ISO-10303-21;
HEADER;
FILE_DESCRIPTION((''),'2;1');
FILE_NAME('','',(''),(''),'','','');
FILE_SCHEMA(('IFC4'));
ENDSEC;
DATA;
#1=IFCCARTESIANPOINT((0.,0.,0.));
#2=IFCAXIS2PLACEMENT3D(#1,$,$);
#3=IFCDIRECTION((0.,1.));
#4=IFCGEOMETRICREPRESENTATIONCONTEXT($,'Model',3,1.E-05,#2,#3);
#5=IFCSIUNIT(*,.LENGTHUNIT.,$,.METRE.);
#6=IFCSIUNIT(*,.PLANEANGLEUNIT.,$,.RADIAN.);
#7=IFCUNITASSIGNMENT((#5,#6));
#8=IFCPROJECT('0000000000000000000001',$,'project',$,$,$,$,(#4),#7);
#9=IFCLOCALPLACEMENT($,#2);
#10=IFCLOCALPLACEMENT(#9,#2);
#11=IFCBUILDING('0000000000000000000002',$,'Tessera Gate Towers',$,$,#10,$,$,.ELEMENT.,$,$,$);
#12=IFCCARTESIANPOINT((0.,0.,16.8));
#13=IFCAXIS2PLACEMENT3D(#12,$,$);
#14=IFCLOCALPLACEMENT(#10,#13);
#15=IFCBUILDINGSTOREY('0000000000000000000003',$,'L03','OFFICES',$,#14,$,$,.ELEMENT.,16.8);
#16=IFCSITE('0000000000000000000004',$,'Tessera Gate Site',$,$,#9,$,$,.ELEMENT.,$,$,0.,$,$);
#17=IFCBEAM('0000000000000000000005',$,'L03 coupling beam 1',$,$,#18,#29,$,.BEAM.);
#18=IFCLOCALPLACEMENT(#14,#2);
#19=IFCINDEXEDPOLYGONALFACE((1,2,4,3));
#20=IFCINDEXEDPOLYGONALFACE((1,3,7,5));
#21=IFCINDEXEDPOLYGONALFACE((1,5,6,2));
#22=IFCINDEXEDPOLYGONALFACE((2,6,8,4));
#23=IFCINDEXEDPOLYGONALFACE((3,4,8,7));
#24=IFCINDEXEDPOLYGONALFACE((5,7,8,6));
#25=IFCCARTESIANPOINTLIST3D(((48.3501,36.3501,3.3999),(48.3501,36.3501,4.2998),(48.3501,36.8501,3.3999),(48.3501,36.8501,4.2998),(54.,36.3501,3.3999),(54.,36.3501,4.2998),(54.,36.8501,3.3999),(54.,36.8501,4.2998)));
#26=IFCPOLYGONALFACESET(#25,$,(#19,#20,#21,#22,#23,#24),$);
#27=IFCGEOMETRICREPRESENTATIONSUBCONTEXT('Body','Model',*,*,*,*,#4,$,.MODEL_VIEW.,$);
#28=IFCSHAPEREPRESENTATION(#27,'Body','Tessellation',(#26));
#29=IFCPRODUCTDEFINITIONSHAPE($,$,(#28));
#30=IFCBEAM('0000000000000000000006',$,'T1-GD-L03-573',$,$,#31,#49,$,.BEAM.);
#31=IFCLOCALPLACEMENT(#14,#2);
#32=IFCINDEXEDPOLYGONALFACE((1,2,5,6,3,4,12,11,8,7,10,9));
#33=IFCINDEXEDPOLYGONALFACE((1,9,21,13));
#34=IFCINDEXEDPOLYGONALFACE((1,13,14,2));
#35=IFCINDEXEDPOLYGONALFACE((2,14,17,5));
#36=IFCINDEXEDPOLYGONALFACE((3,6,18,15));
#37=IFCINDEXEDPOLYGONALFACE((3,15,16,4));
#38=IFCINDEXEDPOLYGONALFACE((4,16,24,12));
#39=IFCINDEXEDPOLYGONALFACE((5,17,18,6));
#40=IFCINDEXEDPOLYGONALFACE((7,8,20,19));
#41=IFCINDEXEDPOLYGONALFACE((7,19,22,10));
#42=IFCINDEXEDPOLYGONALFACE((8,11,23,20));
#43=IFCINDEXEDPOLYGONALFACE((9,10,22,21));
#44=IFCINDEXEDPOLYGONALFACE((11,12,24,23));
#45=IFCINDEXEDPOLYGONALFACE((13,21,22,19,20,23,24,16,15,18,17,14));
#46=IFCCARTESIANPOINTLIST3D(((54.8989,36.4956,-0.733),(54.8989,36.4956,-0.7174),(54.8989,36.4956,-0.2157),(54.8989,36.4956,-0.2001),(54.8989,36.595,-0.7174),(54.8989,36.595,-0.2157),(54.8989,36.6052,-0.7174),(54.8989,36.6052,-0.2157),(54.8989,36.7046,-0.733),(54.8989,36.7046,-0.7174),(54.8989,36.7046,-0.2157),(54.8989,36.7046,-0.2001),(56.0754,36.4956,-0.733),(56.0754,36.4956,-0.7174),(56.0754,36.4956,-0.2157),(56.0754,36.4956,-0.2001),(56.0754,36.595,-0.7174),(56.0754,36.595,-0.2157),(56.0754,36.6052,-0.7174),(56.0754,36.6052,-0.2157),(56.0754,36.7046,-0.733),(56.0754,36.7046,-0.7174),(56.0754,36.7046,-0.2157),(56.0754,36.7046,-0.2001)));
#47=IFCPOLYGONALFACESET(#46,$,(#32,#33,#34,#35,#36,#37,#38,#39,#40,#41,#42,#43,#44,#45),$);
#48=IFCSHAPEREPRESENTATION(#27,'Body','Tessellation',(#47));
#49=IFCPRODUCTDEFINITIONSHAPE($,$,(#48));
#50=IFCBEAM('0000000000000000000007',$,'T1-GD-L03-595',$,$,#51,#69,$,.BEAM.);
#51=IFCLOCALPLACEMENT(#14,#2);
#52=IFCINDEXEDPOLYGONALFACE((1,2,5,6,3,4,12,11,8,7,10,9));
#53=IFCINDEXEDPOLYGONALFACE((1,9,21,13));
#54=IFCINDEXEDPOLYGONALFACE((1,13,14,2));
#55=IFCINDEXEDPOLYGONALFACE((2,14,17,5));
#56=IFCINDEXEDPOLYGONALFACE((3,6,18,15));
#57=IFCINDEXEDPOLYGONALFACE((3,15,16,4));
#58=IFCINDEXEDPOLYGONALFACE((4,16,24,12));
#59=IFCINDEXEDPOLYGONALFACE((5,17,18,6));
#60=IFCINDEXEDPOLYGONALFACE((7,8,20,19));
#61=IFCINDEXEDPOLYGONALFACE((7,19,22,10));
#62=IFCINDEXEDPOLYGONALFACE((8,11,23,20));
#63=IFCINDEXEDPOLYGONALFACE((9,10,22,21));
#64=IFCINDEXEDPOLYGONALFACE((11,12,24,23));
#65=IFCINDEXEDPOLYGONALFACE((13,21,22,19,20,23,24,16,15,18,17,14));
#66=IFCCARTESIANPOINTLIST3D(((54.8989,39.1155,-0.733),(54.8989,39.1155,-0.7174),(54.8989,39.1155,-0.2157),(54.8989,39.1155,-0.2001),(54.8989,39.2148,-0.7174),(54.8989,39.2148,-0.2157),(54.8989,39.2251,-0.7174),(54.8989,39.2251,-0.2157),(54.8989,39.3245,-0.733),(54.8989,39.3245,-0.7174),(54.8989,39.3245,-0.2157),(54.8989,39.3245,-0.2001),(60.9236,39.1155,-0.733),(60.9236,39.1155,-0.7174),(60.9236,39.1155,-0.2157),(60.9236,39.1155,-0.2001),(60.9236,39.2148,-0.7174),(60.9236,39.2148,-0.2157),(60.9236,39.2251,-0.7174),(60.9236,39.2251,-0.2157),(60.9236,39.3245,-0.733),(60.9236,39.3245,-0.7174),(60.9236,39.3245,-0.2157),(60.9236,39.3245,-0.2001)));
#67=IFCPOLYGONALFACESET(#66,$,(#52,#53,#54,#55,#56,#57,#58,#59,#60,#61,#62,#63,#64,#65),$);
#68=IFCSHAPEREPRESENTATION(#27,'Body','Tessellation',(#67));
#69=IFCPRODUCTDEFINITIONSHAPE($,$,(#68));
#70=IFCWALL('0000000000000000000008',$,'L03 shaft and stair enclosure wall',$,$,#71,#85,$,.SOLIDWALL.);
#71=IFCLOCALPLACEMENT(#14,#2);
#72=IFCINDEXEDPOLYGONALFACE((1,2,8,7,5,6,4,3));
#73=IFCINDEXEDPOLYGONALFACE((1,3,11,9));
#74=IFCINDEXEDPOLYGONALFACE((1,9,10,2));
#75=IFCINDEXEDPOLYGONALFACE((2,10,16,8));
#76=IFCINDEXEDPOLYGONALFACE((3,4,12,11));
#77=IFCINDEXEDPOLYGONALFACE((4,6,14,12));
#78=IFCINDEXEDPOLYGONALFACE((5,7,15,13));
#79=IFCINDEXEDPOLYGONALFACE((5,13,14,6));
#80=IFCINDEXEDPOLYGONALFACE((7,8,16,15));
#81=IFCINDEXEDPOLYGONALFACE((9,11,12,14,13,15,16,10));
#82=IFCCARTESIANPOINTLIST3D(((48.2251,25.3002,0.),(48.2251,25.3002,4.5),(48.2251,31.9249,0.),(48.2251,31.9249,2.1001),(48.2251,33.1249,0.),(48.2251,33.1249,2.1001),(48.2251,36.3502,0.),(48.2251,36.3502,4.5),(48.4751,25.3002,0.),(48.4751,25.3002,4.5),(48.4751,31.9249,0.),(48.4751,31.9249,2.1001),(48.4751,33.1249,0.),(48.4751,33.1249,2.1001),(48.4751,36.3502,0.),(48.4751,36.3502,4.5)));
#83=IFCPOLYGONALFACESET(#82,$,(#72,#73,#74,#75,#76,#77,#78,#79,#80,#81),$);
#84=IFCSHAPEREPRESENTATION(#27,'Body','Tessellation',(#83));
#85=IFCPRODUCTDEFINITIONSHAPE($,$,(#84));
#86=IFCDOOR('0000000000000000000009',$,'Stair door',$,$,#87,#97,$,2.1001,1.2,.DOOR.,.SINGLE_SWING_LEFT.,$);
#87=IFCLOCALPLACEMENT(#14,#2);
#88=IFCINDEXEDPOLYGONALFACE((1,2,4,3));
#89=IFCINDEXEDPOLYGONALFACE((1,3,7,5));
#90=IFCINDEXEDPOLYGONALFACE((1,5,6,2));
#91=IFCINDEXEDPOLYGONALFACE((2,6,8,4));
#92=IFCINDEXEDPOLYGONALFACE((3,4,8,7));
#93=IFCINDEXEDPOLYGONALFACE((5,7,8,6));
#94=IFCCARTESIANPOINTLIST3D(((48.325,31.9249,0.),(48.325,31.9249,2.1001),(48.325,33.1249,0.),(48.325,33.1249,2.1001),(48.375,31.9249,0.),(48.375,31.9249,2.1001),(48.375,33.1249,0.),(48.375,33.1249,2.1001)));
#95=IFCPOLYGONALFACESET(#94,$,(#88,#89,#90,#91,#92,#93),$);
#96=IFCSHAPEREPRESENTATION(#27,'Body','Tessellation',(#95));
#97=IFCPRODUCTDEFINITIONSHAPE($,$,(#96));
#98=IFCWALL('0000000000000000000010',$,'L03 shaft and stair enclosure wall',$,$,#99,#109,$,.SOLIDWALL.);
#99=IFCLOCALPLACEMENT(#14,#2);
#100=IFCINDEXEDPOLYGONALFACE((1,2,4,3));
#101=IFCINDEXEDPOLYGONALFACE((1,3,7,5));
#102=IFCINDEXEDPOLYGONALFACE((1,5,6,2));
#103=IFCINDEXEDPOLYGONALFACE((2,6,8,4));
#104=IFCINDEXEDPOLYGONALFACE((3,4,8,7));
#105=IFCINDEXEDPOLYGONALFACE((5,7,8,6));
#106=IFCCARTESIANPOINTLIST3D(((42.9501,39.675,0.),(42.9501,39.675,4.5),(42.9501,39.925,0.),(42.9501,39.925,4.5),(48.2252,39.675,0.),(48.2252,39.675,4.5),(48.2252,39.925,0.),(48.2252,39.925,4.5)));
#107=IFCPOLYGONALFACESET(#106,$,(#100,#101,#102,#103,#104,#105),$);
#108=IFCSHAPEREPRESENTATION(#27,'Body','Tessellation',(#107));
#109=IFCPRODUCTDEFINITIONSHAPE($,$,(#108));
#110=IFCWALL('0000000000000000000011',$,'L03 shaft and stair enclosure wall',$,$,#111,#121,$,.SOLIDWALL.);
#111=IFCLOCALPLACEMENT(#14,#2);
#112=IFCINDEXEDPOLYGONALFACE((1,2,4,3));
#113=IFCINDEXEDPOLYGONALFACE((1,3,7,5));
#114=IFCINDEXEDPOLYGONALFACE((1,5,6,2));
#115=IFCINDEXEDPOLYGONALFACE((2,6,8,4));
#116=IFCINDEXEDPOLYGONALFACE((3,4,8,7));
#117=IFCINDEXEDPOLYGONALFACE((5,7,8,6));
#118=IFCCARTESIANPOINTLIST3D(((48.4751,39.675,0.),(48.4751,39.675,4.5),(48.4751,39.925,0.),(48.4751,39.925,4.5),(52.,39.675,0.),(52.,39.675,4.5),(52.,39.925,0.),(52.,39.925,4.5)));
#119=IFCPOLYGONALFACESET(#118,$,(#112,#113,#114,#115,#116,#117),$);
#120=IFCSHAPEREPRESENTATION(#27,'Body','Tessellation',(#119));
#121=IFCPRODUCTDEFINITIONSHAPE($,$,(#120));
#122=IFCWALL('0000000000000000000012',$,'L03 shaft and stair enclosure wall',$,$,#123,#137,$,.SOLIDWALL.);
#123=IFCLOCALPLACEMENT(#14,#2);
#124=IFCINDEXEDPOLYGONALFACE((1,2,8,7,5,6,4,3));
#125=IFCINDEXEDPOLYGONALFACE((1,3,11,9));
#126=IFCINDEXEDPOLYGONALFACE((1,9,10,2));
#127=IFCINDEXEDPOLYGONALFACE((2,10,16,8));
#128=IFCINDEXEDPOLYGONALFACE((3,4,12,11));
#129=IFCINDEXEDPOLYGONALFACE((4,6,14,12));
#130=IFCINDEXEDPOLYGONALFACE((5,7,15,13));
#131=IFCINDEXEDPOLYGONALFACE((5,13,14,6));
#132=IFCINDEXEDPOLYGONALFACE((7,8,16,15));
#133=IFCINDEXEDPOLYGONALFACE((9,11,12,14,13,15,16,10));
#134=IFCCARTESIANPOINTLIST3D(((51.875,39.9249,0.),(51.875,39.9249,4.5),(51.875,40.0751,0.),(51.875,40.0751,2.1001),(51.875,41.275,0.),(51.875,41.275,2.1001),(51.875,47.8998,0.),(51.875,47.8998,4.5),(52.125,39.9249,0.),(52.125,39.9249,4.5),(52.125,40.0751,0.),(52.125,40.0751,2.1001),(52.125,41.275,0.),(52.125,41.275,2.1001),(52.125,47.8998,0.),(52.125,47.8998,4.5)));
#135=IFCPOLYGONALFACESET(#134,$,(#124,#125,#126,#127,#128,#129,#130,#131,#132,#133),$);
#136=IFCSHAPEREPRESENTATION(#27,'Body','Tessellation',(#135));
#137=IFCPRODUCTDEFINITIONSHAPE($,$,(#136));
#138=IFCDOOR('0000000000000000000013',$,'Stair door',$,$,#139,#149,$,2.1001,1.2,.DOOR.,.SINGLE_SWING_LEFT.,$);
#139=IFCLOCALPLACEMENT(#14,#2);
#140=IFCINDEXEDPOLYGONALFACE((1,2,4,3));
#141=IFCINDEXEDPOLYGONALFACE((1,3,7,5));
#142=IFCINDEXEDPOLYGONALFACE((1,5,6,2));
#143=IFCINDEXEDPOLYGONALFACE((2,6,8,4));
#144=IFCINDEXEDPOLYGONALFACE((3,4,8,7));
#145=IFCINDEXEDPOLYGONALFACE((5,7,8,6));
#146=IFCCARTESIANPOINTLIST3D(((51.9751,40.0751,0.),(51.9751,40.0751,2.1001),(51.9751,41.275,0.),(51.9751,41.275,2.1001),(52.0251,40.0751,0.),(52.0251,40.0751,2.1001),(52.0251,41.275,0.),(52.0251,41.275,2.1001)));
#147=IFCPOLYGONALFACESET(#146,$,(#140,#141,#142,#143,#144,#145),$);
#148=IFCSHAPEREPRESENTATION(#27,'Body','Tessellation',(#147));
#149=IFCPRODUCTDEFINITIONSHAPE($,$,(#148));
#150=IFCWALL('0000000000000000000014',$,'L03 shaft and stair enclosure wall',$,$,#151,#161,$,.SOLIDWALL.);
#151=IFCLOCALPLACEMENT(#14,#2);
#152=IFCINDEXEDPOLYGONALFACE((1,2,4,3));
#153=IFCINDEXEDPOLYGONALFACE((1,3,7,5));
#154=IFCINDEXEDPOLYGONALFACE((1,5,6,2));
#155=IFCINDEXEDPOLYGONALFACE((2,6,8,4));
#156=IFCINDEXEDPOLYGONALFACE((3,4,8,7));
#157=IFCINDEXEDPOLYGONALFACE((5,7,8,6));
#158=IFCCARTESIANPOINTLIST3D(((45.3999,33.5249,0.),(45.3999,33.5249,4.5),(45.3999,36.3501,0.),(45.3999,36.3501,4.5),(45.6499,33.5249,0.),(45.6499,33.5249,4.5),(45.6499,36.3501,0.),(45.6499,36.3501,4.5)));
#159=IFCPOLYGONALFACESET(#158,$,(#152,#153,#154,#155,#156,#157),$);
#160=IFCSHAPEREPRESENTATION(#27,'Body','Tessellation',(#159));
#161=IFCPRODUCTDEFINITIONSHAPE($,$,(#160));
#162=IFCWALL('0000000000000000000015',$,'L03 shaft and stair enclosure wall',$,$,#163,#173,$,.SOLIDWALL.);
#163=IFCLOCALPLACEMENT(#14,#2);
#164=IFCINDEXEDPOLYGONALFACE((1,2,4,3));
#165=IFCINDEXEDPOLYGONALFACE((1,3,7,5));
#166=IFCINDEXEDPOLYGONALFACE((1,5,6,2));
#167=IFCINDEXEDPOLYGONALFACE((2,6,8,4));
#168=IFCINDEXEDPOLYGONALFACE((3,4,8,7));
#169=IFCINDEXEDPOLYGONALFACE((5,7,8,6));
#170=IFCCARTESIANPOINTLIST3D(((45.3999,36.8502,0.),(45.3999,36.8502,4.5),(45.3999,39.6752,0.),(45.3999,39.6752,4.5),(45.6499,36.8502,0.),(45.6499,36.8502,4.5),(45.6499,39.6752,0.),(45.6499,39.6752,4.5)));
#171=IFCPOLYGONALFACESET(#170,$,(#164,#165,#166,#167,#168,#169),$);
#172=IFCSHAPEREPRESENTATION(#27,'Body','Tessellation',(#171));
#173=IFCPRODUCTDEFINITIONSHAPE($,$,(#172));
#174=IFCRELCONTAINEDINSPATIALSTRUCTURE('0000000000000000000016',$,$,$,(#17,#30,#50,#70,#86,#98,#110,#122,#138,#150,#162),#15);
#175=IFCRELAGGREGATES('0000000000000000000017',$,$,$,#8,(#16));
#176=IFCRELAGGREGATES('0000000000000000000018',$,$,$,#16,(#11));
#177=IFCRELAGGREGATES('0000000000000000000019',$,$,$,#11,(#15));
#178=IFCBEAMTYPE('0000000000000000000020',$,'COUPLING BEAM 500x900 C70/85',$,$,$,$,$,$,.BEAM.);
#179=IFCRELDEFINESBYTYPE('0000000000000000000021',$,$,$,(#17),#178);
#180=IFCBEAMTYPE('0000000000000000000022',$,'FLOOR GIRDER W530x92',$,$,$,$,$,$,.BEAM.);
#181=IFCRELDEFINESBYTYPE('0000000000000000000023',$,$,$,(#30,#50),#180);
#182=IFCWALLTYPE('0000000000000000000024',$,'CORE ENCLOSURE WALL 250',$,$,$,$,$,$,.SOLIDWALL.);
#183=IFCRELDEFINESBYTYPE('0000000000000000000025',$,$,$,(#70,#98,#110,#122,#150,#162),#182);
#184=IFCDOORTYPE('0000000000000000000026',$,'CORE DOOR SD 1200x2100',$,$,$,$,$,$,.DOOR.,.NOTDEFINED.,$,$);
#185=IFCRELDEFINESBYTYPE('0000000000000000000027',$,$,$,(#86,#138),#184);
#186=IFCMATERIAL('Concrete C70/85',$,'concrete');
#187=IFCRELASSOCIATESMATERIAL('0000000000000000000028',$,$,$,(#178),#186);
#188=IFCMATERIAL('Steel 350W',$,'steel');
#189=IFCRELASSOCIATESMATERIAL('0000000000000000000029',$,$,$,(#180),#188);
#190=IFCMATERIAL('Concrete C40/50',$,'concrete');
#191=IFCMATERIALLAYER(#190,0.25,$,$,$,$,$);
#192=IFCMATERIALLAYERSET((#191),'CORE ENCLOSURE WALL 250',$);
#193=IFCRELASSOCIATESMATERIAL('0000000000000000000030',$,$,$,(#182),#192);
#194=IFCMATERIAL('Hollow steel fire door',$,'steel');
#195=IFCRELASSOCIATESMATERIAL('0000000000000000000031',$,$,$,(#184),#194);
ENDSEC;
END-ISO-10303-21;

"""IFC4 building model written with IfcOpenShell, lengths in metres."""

from ifc_helpers import new_model, si_unit, direction, frame, frame_2d, origin, origin_2d, place, context, subcontext, project, spatial, rectangle, i_section, extrude, source, transform, mapped, material, layer, layer_set, material_profile, profile_set, type_object, element, fill, save


model = new_model("IFC4")

# Units and contexts
model_context = context("Model", 3, precision=1e-05, world=origin(), true_north=direction((0.0, 1.0)))
body_context = subcontext(model_context, "Body", "Model", "MODEL_VIEW")
ifc_project = project(units=[si_unit("LENGTHUNIT", "METRE"), si_unit("PLANEANGLEUNIT", "RADIAN")], contexts=[model_context])

# Site, building, storey
site_placement = place(None, origin())
site = spatial("IfcSite", under=ifc_project, at=site_placement, Name="Tessera Gate Site", CompositionType="ELEMENT", RefElevation=0.0)
building_placement = place(site_placement, origin())
building = spatial("IfcBuilding", under=site, at=building_placement, Name="Tessera Gate Towers", CompositionType="ELEMENT")
storey_placement = place(building_placement, frame((0.0, 0.0, 16.8)))
storey = spatial("IfcBuildingStorey", under=building, at=storey_placement, Name="L03", Description="OFFICES", CompositionType="ELEMENT", Elevation=16.8)

# Beams
ifc_material_1 = material(Name="Concrete C70/85", Category="concrete")
ifc_material_profile_1 = material_profile(ifc_material_1, rectangle(XDim=0.5, YDim=0.8999, at=origin_2d()), Name="RC 500x900")
ifc_profile_set_1 = profile_set([ifc_material_profile_1], Name="Concrete C70/85")
beam_type_1 = type_object("IfcBeamType", Name="COUPLING BEAM 500x900 C70/85", PredefinedType="BEAM", material=ifc_profile_set_1)
beam_1_placement = place(storey_placement, frame((48.3501, 36.6001, 3.8499), z_axis=(1.0, 0.0, 0.0), x_axis=(0.0, 1.0, 0.0)))
element("IfcBeam", 1, at=beam_1_placement, inside=storey, type_object=beam_type_1, Name="L03 coupling beam 1", PredefinedType="BEAM", context=body_context, shape_type="SweptSolid", body=[
    extrude(rectangle(XDim=0.5, YDim=0.8999, at=origin_2d()), origin(), (0.0, 0.0, 1.0), 5.6499),
])
ifc_material_2 = material(Name="Steel 350W", Category="steel")
ifc_material_profile_2 = material_profile(ifc_material_2, i_section(OverallWidth=0.209, OverallDepth=0.533, WebThickness=0.0103, FlangeThickness=0.0156, at=origin_2d()), Name="W530x92")
ifc_profile_set_2 = profile_set([ifc_material_profile_2], Name="Steel 350W")
beam_type_2 = type_object("IfcBeamType", Name="FLOOR GIRDER W530x92", PredefinedType="BEAM", material=ifc_profile_set_2)
beam_2_placement = place(storey_placement, frame((54.8989, 36.6001, -0.4666), z_axis=(1.0, 0.0, 0.0), x_axis=(0.0, 1.0, 0.0)))
element("IfcBeam", 2, at=beam_2_placement, inside=storey, type_object=beam_type_2, Name="T1-GD-L03-573", PredefinedType="BEAM", context=body_context, shape_type="SweptSolid", body=[
    extrude(i_section(OverallWidth=0.209, OverallDepth=0.533, WebThickness=0.0103, FlangeThickness=0.0156, at=origin_2d()), origin(), (0.0, 0.0, 1.0), 1.1765),
])
beam_3_placement = place(storey_placement, frame((54.8989, 39.22, -0.4666), z_axis=(1.0, 0.0, 0.0), x_axis=(0.0, 1.0, 0.0)))
element("IfcBeam", 3, at=beam_3_placement, inside=storey, type_object=beam_type_2, Name="T1-GD-L03-595", PredefinedType="BEAM", context=body_context, shape_type="SweptSolid", body=[
    extrude(i_section(OverallWidth=0.209, OverallDepth=0.533, WebThickness=0.0103, FlangeThickness=0.0156, at=origin_2d()), origin(), (0.0, 0.0, 1.0), 6.0247),
])

# Wall, opening, door
ifc_material_3 = material(Name="Concrete C40/50", Category="concrete")
ifc_layer_1 = layer(ifc_material_3, 0.25)
ifc_layer_set_1 = layer_set([ifc_layer_1], Name="CORE ENCLOSURE WALL 250")
wall_type_1 = type_object("IfcWallType", Name="CORE ENCLOSURE WALL 250", PredefinedType="SOLIDWALL", material=ifc_layer_set_1)
wall_1_placement = place(storey_placement, frame((48.3501, 36.3501, 0.0), z_axis=(0.0, 0.0, 1.0), x_axis=(0.0, -1.0, 0.0)))
wall_1 = element("IfcWall", 4, at=wall_1_placement, inside=storey, type_object=wall_type_1, Name="L03 shaft and stair enclosure wall", PredefinedType="SOLIDWALL", context=body_context, shape_type="SweptSolid", body=[
    extrude(rectangle(XDim=11.05, YDim=0.25, at=frame_2d((5.5249, 0.0))), origin(), (0.0, 0.0, 1.0), 4.5),
])
shared_shape_1 = source(origin(), body_context, "Body", "SweptSolid", [
    extrude(rectangle(XDim=1.2, YDim=2.1001, at=frame_2d((0.6001, 1.05))), frame((0.0, 0.135, 0.0), z_axis=(0.0, -1.0, 0.0), x_axis=(1.0, 0.0, 0.0)), (0.0, 0.0, 1.0), 0.27),
])
opening_1_placement = place(wall_1_placement, frame((3.2251, 0.0, 0.0)))
opening_1 = element("IfcOpeningElement", 5, at=opening_1_placement, cuts=wall_1, PredefinedType="OPENING", context=body_context, shape_type="MappedRepresentation", body=[
    mapped(shared_shape_1, transform((0.0, 0.0, 0.0), scale=1.0)),
])
ifc_material_4 = material(Name="Hollow steel fire door", Category="steel")
door_type_1 = type_object("IfcDoorType", Name="CORE DOOR SD 1200x2100", OperationType="NOTDEFINED", PredefinedType="DOOR", material=ifc_material_4)
shared_shape_2 = source(origin(), body_context, "Body", "SweptSolid", [
    extrude(rectangle(XDim=1.2, YDim=2.1001, at=frame_2d((0.6001, 1.05))), frame((0.0, 0.0249, 0.0), z_axis=(0.0, -1.0, 0.0), x_axis=(1.0, 0.0, 0.0)), (0.0, 0.0, 1.0), 0.05),
])
door_1_placement = place(opening_1_placement, origin())
door_1 = element("IfcDoor", 6, at=door_1_placement, inside=storey, type_object=door_type_1, Name="Stair door", OperationType="SINGLE_SWING_LEFT", OverallHeight=2.1001, OverallWidth=1.2, PredefinedType="DOOR", context=body_context, shape_type="MappedRepresentation", body=[
    mapped(shared_shape_2, transform((0.0, 0.0, 0.0), scale=1.0)),
])
fill(opening_1, door_1)

# Walls
wall_2_placement = place(storey_placement, frame((42.95, 39.8, 0.0), z_axis=(0.0, 0.0, 1.0), x_axis=(1.0, 0.0, 0.0)))
element("IfcWall", 7, at=wall_2_placement, inside=storey, type_object=wall_type_1, Name="L03 shaft and stair enclosure wall", PredefinedType="SOLIDWALL", context=body_context, shape_type="SweptSolid", body=[
    extrude(rectangle(XDim=5.2751, YDim=0.25, at=frame_2d((2.6377, 0.0))), origin(), (0.0, 0.0, 1.0), 4.5),
])
wall_3_placement = place(storey_placement, frame((48.4751, 39.8, 0.0), z_axis=(0.0, 0.0, 1.0), x_axis=(1.0, 0.0, 0.0)))
element("IfcWall", 8, at=wall_3_placement, inside=storey, type_object=wall_type_1, Name="L03 shaft and stair enclosure wall", PredefinedType="SOLIDWALL", context=body_context, shape_type="SweptSolid", body=[
    extrude(rectangle(XDim=3.5249, YDim=0.25, at=frame_2d((1.7625, 0.0))), origin(), (0.0, 0.0, 1.0), 4.5),
])

# Wall, opening, door
wall_4_placement = place(storey_placement, frame((52.0, 39.925, 0.0), z_axis=(0.0, 0.0, 1.0), x_axis=(0.0, 1.0, 0.0)))
wall_4 = element("IfcWall", 9, at=wall_4_placement, inside=storey, type_object=wall_type_1, Name="L03 shaft and stair enclosure wall", PredefinedType="SOLIDWALL", context=body_context, shape_type="SweptSolid", body=[
    extrude(rectangle(XDim=7.9749, YDim=0.25, at=frame_2d((3.9873, 0.0))), origin(), (0.0, 0.0, 1.0), 4.5),
])
opening_2_placement = place(wall_4_placement, frame((0.1499, 0.0, 0.0)))
opening_2 = element("IfcOpeningElement", 10, at=opening_2_placement, cuts=wall_4, PredefinedType="OPENING", context=body_context, shape_type="MappedRepresentation", body=[
    mapped(shared_shape_1, transform((0.0, 0.0, 0.0), scale=1.0)),
])
door_2_placement = place(opening_2_placement, origin())
door_2 = element("IfcDoor", 11, at=door_2_placement, inside=storey, type_object=door_type_1, Name="Stair door", OperationType="SINGLE_SWING_LEFT", OverallHeight=2.1001, OverallWidth=1.2, PredefinedType="DOOR", context=body_context, shape_type="MappedRepresentation", body=[
    mapped(shared_shape_2, transform((0.0, 0.0, 0.0), scale=1.0)),
])
fill(opening_2, door_2)

# Walls
wall_5_placement = place(storey_placement, frame((45.5249, 33.5249, 0.0), z_axis=(0.0, 0.0, 1.0), x_axis=(0.0, 1.0, 0.0)))
element("IfcWall", 12, at=wall_5_placement, inside=storey, type_object=wall_type_1, Name="L03 shaft and stair enclosure wall", PredefinedType="SOLIDWALL", context=body_context, shape_type="SweptSolid", body=[
    extrude(rectangle(XDim=2.8252, YDim=0.25, at=frame_2d((1.4126, 0.0))), origin(), (0.0, 0.0, 1.0), 4.5),
])
wall_6_placement = place(storey_placement, frame((45.5249, 36.8501, 0.0), z_axis=(0.0, 0.0, 1.0), x_axis=(0.0, 1.0, 0.0)))
element("IfcWall", 13, at=wall_6_placement, inside=storey, type_object=wall_type_1, Name="L03 shaft and stair enclosure wall", PredefinedType="SOLIDWALL", context=body_context, shape_type="SweptSolid", body=[
    extrude(rectangle(XDim=2.825, YDim=0.25, at=frame_2d((1.4126, 0.0))), origin(), (0.0, 0.0, 1.0), 4.5),
])

save(model, "model.ifc")
